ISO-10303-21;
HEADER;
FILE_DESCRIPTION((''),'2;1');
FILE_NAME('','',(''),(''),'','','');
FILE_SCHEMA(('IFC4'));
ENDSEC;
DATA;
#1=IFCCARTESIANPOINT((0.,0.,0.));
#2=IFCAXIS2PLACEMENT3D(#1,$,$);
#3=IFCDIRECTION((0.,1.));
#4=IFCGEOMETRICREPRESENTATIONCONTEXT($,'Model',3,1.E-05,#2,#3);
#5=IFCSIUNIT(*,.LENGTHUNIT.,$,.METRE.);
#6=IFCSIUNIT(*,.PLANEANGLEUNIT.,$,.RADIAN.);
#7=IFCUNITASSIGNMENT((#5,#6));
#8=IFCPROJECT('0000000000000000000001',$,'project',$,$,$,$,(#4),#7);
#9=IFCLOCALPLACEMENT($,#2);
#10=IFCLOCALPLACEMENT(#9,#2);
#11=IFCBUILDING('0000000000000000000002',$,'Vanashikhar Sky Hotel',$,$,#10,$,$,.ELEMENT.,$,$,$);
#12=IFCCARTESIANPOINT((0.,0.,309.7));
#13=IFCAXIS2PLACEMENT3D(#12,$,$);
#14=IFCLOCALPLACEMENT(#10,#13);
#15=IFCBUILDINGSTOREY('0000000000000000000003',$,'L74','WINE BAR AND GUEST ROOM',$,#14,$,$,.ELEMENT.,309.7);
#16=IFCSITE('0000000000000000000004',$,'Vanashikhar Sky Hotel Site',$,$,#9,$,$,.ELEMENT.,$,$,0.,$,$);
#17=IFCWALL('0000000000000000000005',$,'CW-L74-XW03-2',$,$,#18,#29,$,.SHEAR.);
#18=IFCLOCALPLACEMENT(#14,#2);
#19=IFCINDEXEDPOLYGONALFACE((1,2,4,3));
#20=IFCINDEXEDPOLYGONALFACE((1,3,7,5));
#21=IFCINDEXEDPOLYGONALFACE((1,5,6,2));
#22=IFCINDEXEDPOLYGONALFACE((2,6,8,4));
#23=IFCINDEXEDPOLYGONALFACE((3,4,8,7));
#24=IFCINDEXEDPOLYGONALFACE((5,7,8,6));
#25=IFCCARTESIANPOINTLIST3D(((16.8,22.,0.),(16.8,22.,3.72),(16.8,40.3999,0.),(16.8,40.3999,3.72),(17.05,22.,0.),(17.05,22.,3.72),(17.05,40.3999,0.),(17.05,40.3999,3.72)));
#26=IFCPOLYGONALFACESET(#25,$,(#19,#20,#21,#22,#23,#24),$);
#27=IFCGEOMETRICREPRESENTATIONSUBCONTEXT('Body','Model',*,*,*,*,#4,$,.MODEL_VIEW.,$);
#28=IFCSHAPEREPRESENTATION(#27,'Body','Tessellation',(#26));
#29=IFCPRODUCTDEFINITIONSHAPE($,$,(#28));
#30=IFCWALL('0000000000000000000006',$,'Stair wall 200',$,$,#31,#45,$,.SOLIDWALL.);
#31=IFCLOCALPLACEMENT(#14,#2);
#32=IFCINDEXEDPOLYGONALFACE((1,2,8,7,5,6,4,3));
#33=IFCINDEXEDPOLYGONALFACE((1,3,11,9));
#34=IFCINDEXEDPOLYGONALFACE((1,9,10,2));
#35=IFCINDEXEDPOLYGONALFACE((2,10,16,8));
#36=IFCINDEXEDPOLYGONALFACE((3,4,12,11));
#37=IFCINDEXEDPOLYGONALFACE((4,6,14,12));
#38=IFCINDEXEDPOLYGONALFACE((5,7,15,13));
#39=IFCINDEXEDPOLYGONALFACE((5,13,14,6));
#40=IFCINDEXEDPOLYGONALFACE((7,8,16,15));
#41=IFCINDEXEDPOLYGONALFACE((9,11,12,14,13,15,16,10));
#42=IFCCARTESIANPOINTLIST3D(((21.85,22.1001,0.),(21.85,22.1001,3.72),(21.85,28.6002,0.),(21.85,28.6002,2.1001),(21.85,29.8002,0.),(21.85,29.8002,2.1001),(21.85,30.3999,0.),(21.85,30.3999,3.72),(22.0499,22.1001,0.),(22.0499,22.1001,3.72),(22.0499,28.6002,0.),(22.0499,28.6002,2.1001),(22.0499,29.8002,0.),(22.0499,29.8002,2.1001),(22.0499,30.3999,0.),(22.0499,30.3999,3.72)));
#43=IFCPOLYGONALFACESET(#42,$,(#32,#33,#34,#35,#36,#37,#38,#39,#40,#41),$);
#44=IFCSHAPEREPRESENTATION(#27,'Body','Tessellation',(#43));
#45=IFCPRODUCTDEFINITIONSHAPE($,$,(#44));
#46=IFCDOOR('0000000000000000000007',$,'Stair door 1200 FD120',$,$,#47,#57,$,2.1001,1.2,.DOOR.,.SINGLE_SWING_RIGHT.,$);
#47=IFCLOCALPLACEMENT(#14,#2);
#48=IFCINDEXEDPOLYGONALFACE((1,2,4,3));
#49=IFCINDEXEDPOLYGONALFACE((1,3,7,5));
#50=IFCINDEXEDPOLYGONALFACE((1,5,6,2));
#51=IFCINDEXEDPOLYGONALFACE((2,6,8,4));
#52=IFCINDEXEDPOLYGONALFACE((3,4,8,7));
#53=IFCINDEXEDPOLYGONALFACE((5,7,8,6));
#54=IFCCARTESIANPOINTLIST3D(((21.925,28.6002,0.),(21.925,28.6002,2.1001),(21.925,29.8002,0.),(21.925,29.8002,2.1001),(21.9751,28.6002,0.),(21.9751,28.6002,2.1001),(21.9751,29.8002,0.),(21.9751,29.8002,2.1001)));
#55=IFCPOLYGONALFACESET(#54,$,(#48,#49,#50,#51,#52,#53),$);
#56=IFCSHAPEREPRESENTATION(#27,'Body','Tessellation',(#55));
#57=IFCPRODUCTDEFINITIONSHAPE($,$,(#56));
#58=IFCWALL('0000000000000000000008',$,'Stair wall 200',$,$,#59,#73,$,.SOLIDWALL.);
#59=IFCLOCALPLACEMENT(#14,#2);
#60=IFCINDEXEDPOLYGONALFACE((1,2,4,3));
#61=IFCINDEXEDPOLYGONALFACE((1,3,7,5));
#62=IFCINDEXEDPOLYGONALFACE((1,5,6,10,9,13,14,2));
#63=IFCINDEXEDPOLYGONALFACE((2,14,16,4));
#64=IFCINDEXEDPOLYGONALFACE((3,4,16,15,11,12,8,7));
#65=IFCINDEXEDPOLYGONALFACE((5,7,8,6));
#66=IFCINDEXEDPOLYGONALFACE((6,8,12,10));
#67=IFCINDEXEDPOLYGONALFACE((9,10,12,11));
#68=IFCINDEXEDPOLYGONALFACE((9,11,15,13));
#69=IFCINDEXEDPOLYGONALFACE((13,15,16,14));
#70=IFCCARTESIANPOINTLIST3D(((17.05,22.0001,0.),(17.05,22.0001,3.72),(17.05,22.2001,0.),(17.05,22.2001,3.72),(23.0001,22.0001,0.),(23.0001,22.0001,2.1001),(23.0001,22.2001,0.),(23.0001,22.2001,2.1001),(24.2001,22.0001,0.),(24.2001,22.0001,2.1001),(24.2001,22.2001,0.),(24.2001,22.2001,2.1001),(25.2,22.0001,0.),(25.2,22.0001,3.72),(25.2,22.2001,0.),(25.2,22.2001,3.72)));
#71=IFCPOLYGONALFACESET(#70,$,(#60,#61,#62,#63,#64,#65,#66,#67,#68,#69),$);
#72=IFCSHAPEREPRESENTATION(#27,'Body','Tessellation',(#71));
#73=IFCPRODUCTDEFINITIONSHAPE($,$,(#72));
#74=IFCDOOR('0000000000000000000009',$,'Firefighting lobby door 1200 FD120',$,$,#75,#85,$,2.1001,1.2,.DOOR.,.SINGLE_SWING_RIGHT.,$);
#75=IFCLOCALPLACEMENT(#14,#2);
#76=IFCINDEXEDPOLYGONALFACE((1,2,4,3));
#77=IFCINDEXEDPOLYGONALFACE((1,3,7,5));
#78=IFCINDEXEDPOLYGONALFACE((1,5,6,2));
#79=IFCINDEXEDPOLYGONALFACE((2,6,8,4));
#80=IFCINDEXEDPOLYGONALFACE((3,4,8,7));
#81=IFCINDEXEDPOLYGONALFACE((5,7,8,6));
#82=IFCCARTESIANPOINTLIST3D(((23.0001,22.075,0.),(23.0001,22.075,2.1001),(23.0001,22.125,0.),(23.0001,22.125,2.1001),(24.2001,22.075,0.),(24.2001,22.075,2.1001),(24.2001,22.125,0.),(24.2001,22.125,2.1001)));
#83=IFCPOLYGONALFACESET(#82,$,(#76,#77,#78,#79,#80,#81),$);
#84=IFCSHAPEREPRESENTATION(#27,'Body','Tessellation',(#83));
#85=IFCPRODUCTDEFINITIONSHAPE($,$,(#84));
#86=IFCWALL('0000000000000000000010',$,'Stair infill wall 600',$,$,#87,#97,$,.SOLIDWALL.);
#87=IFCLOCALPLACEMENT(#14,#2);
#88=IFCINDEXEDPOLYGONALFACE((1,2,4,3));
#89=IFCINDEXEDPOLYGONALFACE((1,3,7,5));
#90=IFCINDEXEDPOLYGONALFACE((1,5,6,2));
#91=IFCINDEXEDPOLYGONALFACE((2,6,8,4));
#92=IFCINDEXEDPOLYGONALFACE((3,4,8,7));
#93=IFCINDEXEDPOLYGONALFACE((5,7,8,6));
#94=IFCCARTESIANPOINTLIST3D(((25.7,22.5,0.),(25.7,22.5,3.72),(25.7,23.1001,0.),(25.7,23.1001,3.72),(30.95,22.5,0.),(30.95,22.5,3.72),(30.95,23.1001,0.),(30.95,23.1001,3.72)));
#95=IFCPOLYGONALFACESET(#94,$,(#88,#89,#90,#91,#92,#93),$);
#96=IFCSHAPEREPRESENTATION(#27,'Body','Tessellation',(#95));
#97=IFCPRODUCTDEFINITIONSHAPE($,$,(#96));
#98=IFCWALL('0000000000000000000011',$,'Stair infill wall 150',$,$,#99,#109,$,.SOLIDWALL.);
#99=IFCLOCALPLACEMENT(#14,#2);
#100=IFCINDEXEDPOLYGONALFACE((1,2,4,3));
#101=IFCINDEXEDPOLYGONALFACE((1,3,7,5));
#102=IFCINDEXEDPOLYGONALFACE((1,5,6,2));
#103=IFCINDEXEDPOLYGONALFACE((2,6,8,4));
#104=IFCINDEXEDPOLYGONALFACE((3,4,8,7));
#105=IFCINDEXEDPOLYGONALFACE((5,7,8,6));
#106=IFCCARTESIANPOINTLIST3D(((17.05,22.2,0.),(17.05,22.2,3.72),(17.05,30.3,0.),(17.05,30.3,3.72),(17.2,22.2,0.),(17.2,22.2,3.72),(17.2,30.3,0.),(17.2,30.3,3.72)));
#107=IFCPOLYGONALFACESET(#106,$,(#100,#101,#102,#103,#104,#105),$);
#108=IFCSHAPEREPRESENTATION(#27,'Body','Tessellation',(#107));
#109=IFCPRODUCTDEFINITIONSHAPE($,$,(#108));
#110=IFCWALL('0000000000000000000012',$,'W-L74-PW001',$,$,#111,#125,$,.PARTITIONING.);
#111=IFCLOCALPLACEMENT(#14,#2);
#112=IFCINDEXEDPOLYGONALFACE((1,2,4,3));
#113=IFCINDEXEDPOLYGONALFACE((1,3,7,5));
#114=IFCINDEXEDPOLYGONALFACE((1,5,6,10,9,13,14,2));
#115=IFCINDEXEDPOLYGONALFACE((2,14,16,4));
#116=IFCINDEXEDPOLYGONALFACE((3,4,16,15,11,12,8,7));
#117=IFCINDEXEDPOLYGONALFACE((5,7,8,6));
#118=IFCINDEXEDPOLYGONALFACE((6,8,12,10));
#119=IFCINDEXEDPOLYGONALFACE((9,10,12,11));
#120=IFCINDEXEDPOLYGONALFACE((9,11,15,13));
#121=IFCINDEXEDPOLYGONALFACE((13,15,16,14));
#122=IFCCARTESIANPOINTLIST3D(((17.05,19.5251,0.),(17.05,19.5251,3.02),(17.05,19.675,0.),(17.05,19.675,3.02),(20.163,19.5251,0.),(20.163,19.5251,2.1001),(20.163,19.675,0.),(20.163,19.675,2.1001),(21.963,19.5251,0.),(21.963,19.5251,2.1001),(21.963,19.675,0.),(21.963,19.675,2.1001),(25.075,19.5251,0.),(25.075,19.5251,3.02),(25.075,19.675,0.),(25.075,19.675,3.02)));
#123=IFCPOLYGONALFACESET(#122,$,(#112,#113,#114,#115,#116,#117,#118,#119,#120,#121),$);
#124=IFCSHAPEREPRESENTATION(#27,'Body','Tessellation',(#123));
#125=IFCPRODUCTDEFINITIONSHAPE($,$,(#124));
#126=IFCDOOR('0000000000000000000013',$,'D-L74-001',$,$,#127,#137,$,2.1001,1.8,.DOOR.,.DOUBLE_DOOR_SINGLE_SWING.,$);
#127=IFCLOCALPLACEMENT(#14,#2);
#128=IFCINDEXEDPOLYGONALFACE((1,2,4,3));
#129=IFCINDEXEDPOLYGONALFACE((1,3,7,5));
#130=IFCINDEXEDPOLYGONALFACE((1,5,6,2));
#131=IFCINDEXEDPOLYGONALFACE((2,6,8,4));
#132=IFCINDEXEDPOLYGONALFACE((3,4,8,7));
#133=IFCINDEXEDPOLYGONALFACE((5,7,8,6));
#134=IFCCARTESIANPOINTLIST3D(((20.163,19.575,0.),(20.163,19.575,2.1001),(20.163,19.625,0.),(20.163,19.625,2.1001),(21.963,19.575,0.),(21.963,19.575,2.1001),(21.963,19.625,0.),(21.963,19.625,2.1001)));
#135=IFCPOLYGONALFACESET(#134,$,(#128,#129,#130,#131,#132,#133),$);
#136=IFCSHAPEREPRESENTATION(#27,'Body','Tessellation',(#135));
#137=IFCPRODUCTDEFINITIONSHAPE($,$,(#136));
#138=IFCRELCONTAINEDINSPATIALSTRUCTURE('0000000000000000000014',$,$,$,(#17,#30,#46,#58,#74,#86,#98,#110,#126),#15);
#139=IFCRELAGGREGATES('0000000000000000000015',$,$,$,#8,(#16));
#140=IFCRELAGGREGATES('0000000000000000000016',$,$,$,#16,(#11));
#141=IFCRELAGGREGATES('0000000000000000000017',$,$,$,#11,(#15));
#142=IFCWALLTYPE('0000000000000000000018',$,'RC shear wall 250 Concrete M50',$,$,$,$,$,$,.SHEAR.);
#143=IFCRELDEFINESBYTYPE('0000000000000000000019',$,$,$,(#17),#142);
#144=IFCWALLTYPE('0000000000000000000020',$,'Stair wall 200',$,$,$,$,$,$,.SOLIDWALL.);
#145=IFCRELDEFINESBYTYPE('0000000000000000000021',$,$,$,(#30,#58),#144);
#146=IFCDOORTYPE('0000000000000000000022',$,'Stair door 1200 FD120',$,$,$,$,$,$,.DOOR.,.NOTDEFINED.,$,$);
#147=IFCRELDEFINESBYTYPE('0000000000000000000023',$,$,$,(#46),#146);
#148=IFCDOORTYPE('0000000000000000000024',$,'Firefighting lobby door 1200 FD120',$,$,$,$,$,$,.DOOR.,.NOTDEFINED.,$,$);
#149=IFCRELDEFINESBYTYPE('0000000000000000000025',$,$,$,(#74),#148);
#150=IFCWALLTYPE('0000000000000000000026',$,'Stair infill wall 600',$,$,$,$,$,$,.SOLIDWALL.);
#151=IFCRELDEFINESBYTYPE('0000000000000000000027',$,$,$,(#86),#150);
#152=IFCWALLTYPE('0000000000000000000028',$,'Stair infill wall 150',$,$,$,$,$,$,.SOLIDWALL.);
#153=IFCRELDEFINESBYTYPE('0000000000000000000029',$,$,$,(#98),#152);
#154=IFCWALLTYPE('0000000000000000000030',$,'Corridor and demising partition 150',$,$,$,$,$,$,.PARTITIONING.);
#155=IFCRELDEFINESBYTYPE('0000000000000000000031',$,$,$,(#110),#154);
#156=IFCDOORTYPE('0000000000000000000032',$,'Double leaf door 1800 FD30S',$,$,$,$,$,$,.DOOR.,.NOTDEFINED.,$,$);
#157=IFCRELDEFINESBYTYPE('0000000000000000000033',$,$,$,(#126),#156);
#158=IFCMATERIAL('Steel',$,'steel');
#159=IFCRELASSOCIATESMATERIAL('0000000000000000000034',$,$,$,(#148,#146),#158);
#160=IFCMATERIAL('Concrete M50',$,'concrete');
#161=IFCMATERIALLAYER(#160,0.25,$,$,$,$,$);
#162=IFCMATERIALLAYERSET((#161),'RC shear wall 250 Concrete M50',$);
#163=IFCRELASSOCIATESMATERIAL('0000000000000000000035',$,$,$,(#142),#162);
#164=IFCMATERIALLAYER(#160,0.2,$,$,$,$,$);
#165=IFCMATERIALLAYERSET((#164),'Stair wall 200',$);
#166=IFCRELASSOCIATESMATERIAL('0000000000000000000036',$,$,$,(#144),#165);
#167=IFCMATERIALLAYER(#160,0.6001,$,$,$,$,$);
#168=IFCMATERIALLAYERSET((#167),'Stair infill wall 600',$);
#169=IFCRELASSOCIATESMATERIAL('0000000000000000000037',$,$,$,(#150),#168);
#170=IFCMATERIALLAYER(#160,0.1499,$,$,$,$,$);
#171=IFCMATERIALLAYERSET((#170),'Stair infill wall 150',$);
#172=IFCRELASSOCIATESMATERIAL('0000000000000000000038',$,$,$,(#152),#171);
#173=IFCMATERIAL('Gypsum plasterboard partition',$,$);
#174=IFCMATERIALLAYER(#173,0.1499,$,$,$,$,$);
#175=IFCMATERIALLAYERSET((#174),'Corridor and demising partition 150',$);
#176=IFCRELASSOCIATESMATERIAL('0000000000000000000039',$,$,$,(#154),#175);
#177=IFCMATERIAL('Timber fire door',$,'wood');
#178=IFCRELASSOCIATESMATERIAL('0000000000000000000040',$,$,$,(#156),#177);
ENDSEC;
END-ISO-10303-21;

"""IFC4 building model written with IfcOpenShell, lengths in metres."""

from ifc_helpers import new_model, si_unit, direction, frame, frame_2d, origin, place, context, subcontext, project, spatial, rectangle, extrude, source, transform, mapped, material, layer, layer_set, type_object, element, fill, save


model = new_model("IFC4")

# Units and contexts
model_context = context("Model", 3, precision=1e-05, world=origin(), true_north=direction((0.0, 1.0)))
body_context = subcontext(model_context, "Body", "Model", "MODEL_VIEW")
ifc_project = project(units=[si_unit("LENGTHUNIT", "METRE"), si_unit("PLANEANGLEUNIT", "RADIAN")], contexts=[model_context])

# Site, building, storey
site_placement = place(None, origin())
site = spatial("IfcSite", under=ifc_project, at=site_placement, Name="Vanashikhar Sky Hotel Site", CompositionType="ELEMENT", RefElevation=0.0)
building_placement = place(site_placement, origin())
building = spatial("IfcBuilding", under=site, at=building_placement, Name="Vanashikhar Sky Hotel", CompositionType="ELEMENT")
storey_placement = place(building_placement, frame((0.0, 0.0, 309.7)))
storey = spatial("IfcBuildingStorey", under=building, at=storey_placement, Name="L74", Description="WINE BAR AND GUEST ROOM", CompositionType="ELEMENT", Elevation=309.7)

# Shared definitions
ifc_material_1 = material(Name="Concrete M50", Category="concrete")

# Shared definitions
ifc_material_2 = material(Name="Steel", Category="steel")
door_type_1 = type_object("IfcDoorType", Name="Firefighting lobby door 1200 FD120", OperationType="NOTDEFINED", PredefinedType="DOOR", material=ifc_material_2)

# Wall
ifc_layer_1 = layer(ifc_material_1, 0.25)
ifc_layer_set_1 = layer_set([ifc_layer_1], Name="RC shear wall 250 Concrete M50")
wall_type_1 = type_object("IfcWallType", Name="RC shear wall 250 Concrete M50", PredefinedType="SHEAR", material=ifc_layer_set_1)
shared_shape_1 = source(origin(), body_context, "Body", "SweptSolid", [
    extrude(rectangle(XDim=18.3999, YDim=0.25, at=frame_2d((9.2, 0.0))), origin(), (0.0, 0.0, 1.0), 3.72),
])
wall_1_placement = place(storey_placement, frame((16.925, 22.0, 0.0), z_axis=(0.0, 0.0, 1.0), x_axis=(0.0, 1.0, 0.0)))
element("IfcWall", 1, at=wall_1_placement, inside=storey, type_object=wall_type_1, Name="CW-L74-XW03-2", PredefinedType="SHEAR", context=body_context, shape_type="MappedRepresentation", body=[
    mapped(shared_shape_1, transform((0.0, 0.0, 0.0), scale=1.0)),
])

# Walls, openings, doors
ifc_layer_2 = layer(ifc_material_1, 0.2)
ifc_layer_set_2 = layer_set([ifc_layer_2], Name="Stair wall 200")
wall_type_2 = type_object("IfcWallType", Name="Stair wall 200", PredefinedType="SOLIDWALL", material=ifc_layer_set_2)
shared_shape_2 = source(origin(), body_context, "Body", "SweptSolid", [
    extrude(rectangle(XDim=8.2998, YDim=0.2, at=frame_2d((4.1499, 0.0))), origin(), (0.0, 0.0, 1.0), 3.72),
])
wall_2_placement = place(storey_placement, frame((21.95, 22.1001, 0.0), z_axis=(0.0, 0.0, 1.0), x_axis=(0.0, 1.0, 0.0)))
wall_2 = element("IfcWall", 2, at=wall_2_placement, inside=storey, type_object=wall_type_2, Name="Stair wall 200", PredefinedType="SOLIDWALL", context=body_context, shape_type="MappedRepresentation", body=[
    mapped(shared_shape_2, transform((0.0, 0.0, 0.0), scale=1.0)),
])
shared_shape_3 = source(origin(), body_context, "Body", "SweptSolid", [
    extrude(rectangle(XDim=1.2, YDim=2.1001, at=frame_2d((0.6001, 1.05))), frame((0.0, 0.1099, 0.0), z_axis=(0.0, -1.0, 0.0), x_axis=(1.0, 0.0, 0.0)), (0.0, 0.0, 1.0), 0.22),
])
opening_1_placement = place(wall_2_placement, frame((6.5, 0.0, 0.0)))
opening_1 = element("IfcOpeningElement", 3, at=opening_1_placement, cuts=wall_2, PredefinedType="OPENING", context=body_context, shape_type="MappedRepresentation", body=[
    mapped(shared_shape_3, transform((0.0, 0.0, 0.0), scale=1.0)),
])
door_type_2 = type_object("IfcDoorType", Name="Stair door 1200 FD120", OperationType="NOTDEFINED", PredefinedType="DOOR", material=ifc_material_2)
shared_shape_4 = source(origin(), body_context, "Body", "SweptSolid", [
    extrude(rectangle(XDim=1.2, YDim=2.1001, at=frame_2d((0.6001, 1.05))), frame((0.0, 0.0249, 0.0), z_axis=(0.0, -1.0, 0.0), x_axis=(1.0, 0.0, 0.0)), (0.0, 0.0, 1.0), 0.05),
])
door_1_placement = place(opening_1_placement, origin())
door_1 = element("IfcDoor", 4, at=door_1_placement, inside=storey, type_object=door_type_2, Name="Stair door 1200 FD120", OperationType="SINGLE_SWING_RIGHT", OverallHeight=2.1001, OverallWidth=1.2, PredefinedType="DOOR", context=body_context, shape_type="MappedRepresentation", body=[
    mapped(shared_shape_4, transform((0.0, 0.0, 0.0), scale=1.0)),
])
fill(opening_1, door_1)
shared_shape_5 = source(origin(), body_context, "Body", "SweptSolid", [
    extrude(rectangle(XDim=8.1499, YDim=0.2, at=frame_2d((4.075, 0.0))), origin(), (0.0, 0.0, 1.0), 3.72),
])
wall_3_placement = place(storey_placement, frame((17.05, 22.1001, 0.0), z_axis=(0.0, 0.0, 1.0), x_axis=(1.0, 0.0, 0.0)))
wall_3 = element("IfcWall", 5, at=wall_3_placement, inside=storey, type_object=wall_type_2, Name="Stair wall 200", PredefinedType="SOLIDWALL", context=body_context, shape_type="MappedRepresentation", body=[
    mapped(shared_shape_5, transform((0.0, 0.0, 0.0), scale=1.0)),
])
opening_2_placement = place(wall_3_placement, frame((5.95, 0.0, 0.0)))
opening_2 = element("IfcOpeningElement", 6, at=opening_2_placement, cuts=wall_3, PredefinedType="OPENING", context=body_context, shape_type="MappedRepresentation", body=[
    mapped(shared_shape_3, transform((0.0, 0.0, 0.0), scale=1.0)),
])
door_2_placement = place(opening_2_placement, origin())
door_2 = element("IfcDoor", 7, at=door_2_placement, inside=storey, type_object=door_type_1, Name="Firefighting lobby door 1200 FD120", OperationType="SINGLE_SWING_RIGHT", OverallHeight=2.1001, OverallWidth=1.2, PredefinedType="DOOR", context=body_context, shape_type="MappedRepresentation", body=[
    mapped(shared_shape_4, transform((0.0, 0.0, 0.0), scale=1.0)),
])
fill(opening_2, door_2)

# Walls
ifc_layer_3 = layer(ifc_material_1, 0.6001)
ifc_layer_set_3 = layer_set([ifc_layer_3], Name="Stair infill wall 600")
wall_type_3 = type_object("IfcWallType", Name="Stair infill wall 600", PredefinedType="SOLIDWALL", material=ifc_layer_set_3)
shared_shape_6 = source(origin(), body_context, "Body", "SweptSolid", [
    extrude(rectangle(XDim=5.25, YDim=0.6001, at=frame_2d((2.625, 0.0))), origin(), (0.0, 0.0, 1.0), 3.72),
])
wall_4_placement = place(storey_placement, frame((25.7, 22.8, 0.0), z_axis=(0.0, 0.0, 1.0), x_axis=(1.0, 0.0, 0.0)))
element("IfcWall", 8, at=wall_4_placement, inside=storey, type_object=wall_type_3, Name="Stair infill wall 600", PredefinedType="SOLIDWALL", context=body_context, shape_type="MappedRepresentation", body=[
    mapped(shared_shape_6, transform((0.0, 0.0, 0.0), scale=1.0)),
])
ifc_layer_4 = layer(ifc_material_1, 0.1499)
ifc_layer_set_4 = layer_set([ifc_layer_4], Name="Stair infill wall 150")
wall_type_4 = type_object("IfcWallType", Name="Stair infill wall 150", PredefinedType="SOLIDWALL", material=ifc_layer_set_4)
shared_shape_7 = source(origin(), body_context, "Body", "SweptSolid", [
    extrude(rectangle(XDim=8.1001, YDim=0.1499, at=frame_2d((4.05, 0.0))), origin(), (0.0, 0.0, 1.0), 3.72),
])
wall_5_placement = place(storey_placement, frame((17.125, 22.2, 0.0), z_axis=(0.0, 0.0, 1.0), x_axis=(0.0, 1.0, 0.0)))
element("IfcWall", 9, at=wall_5_placement, inside=storey, type_object=wall_type_4, Name="Stair infill wall 150", PredefinedType="SOLIDWALL", context=body_context, shape_type="MappedRepresentation", body=[
    mapped(shared_shape_7, transform((0.0, 0.0, 0.0), scale=1.0)),
])

# Wall, opening, door
ifc_material_3 = material(Name="Gypsum plasterboard partition")
ifc_layer_5 = layer(ifc_material_3, 0.1499)
ifc_layer_set_5 = layer_set([ifc_layer_5], Name="Corridor and demising partition 150")
wall_type_5 = type_object("IfcWallType", Name="Corridor and demising partition 150", PredefinedType="PARTITIONING", material=ifc_layer_set_5)
shared_shape_8 = source(origin(), body_context, "Body", "SweptSolid", [
    extrude(rectangle(XDim=8.0249, YDim=0.1499, at=frame_2d((4.0125, 0.0))), origin(), (0.0, 0.0, 1.0), 3.02),
])
wall_6_placement = place(storey_placement, frame((17.05, 19.6001, 0.0), z_axis=(0.0, 0.0, 1.0), x_axis=(1.0, 0.0, 0.0)))
wall_6 = element("IfcWall", 10, at=wall_6_placement, inside=storey, type_object=wall_type_5, Name="W-L74-PW001", PredefinedType="PARTITIONING", context=body_context, shape_type="MappedRepresentation", body=[
    mapped(shared_shape_8, transform((0.0, 0.0, 0.0), scale=1.0)),
])
shared_shape_9 = source(origin(), body_context, "Body", "SweptSolid", [
    extrude(rectangle(XDim=1.8, YDim=2.1001, at=frame_2d((0.8999, 1.05))), frame((0.0, 0.085, 0.0), z_axis=(0.0, -1.0, 0.0), x_axis=(1.0, 0.0, 0.0)), (0.0, 0.0, 1.0), 0.1699),
])
opening_3_placement = place(wall_6_placement, frame((3.113, 0.0, 0.0)))
opening_3 = element("IfcOpeningElement", 11, at=opening_3_placement, cuts=wall_6, PredefinedType="OPENING", context=body_context, shape_type="MappedRepresentation", body=[
    mapped(shared_shape_9, transform((0.0, 0.0, 0.0), scale=1.0)),
])
ifc_material_4 = material(Name="Timber fire door", Category="wood")
door_type_3 = type_object("IfcDoorType", Name="Double leaf door 1800 FD30S", OperationType="NOTDEFINED", PredefinedType="DOOR", material=ifc_material_4)
shared_shape_10 = source(origin(), body_context, "Body", "SweptSolid", [
    extrude(rectangle(XDim=1.8, YDim=2.1001, at=frame_2d((0.8999, 1.05))), frame((0.0, 0.0249, 0.0), z_axis=(0.0, -1.0, 0.0), x_axis=(1.0, 0.0, 0.0)), (0.0, 0.0, 1.0), 0.05),
])
door_3_placement = place(opening_3_placement, origin())
door_3 = element("IfcDoor", 12, at=door_3_placement, inside=storey, type_object=door_type_3, Name="D-L74-001", OperationType="DOUBLE_DOOR_SINGLE_SWING", OverallHeight=2.1001, OverallWidth=1.8, PredefinedType="DOOR", context=body_context, shape_type="MappedRepresentation", body=[
    mapped(shared_shape_10, transform((0.0, 0.0, 0.0), scale=1.0)),
])
fill(opening_3, door_3)

save(model, "model.ifc")
